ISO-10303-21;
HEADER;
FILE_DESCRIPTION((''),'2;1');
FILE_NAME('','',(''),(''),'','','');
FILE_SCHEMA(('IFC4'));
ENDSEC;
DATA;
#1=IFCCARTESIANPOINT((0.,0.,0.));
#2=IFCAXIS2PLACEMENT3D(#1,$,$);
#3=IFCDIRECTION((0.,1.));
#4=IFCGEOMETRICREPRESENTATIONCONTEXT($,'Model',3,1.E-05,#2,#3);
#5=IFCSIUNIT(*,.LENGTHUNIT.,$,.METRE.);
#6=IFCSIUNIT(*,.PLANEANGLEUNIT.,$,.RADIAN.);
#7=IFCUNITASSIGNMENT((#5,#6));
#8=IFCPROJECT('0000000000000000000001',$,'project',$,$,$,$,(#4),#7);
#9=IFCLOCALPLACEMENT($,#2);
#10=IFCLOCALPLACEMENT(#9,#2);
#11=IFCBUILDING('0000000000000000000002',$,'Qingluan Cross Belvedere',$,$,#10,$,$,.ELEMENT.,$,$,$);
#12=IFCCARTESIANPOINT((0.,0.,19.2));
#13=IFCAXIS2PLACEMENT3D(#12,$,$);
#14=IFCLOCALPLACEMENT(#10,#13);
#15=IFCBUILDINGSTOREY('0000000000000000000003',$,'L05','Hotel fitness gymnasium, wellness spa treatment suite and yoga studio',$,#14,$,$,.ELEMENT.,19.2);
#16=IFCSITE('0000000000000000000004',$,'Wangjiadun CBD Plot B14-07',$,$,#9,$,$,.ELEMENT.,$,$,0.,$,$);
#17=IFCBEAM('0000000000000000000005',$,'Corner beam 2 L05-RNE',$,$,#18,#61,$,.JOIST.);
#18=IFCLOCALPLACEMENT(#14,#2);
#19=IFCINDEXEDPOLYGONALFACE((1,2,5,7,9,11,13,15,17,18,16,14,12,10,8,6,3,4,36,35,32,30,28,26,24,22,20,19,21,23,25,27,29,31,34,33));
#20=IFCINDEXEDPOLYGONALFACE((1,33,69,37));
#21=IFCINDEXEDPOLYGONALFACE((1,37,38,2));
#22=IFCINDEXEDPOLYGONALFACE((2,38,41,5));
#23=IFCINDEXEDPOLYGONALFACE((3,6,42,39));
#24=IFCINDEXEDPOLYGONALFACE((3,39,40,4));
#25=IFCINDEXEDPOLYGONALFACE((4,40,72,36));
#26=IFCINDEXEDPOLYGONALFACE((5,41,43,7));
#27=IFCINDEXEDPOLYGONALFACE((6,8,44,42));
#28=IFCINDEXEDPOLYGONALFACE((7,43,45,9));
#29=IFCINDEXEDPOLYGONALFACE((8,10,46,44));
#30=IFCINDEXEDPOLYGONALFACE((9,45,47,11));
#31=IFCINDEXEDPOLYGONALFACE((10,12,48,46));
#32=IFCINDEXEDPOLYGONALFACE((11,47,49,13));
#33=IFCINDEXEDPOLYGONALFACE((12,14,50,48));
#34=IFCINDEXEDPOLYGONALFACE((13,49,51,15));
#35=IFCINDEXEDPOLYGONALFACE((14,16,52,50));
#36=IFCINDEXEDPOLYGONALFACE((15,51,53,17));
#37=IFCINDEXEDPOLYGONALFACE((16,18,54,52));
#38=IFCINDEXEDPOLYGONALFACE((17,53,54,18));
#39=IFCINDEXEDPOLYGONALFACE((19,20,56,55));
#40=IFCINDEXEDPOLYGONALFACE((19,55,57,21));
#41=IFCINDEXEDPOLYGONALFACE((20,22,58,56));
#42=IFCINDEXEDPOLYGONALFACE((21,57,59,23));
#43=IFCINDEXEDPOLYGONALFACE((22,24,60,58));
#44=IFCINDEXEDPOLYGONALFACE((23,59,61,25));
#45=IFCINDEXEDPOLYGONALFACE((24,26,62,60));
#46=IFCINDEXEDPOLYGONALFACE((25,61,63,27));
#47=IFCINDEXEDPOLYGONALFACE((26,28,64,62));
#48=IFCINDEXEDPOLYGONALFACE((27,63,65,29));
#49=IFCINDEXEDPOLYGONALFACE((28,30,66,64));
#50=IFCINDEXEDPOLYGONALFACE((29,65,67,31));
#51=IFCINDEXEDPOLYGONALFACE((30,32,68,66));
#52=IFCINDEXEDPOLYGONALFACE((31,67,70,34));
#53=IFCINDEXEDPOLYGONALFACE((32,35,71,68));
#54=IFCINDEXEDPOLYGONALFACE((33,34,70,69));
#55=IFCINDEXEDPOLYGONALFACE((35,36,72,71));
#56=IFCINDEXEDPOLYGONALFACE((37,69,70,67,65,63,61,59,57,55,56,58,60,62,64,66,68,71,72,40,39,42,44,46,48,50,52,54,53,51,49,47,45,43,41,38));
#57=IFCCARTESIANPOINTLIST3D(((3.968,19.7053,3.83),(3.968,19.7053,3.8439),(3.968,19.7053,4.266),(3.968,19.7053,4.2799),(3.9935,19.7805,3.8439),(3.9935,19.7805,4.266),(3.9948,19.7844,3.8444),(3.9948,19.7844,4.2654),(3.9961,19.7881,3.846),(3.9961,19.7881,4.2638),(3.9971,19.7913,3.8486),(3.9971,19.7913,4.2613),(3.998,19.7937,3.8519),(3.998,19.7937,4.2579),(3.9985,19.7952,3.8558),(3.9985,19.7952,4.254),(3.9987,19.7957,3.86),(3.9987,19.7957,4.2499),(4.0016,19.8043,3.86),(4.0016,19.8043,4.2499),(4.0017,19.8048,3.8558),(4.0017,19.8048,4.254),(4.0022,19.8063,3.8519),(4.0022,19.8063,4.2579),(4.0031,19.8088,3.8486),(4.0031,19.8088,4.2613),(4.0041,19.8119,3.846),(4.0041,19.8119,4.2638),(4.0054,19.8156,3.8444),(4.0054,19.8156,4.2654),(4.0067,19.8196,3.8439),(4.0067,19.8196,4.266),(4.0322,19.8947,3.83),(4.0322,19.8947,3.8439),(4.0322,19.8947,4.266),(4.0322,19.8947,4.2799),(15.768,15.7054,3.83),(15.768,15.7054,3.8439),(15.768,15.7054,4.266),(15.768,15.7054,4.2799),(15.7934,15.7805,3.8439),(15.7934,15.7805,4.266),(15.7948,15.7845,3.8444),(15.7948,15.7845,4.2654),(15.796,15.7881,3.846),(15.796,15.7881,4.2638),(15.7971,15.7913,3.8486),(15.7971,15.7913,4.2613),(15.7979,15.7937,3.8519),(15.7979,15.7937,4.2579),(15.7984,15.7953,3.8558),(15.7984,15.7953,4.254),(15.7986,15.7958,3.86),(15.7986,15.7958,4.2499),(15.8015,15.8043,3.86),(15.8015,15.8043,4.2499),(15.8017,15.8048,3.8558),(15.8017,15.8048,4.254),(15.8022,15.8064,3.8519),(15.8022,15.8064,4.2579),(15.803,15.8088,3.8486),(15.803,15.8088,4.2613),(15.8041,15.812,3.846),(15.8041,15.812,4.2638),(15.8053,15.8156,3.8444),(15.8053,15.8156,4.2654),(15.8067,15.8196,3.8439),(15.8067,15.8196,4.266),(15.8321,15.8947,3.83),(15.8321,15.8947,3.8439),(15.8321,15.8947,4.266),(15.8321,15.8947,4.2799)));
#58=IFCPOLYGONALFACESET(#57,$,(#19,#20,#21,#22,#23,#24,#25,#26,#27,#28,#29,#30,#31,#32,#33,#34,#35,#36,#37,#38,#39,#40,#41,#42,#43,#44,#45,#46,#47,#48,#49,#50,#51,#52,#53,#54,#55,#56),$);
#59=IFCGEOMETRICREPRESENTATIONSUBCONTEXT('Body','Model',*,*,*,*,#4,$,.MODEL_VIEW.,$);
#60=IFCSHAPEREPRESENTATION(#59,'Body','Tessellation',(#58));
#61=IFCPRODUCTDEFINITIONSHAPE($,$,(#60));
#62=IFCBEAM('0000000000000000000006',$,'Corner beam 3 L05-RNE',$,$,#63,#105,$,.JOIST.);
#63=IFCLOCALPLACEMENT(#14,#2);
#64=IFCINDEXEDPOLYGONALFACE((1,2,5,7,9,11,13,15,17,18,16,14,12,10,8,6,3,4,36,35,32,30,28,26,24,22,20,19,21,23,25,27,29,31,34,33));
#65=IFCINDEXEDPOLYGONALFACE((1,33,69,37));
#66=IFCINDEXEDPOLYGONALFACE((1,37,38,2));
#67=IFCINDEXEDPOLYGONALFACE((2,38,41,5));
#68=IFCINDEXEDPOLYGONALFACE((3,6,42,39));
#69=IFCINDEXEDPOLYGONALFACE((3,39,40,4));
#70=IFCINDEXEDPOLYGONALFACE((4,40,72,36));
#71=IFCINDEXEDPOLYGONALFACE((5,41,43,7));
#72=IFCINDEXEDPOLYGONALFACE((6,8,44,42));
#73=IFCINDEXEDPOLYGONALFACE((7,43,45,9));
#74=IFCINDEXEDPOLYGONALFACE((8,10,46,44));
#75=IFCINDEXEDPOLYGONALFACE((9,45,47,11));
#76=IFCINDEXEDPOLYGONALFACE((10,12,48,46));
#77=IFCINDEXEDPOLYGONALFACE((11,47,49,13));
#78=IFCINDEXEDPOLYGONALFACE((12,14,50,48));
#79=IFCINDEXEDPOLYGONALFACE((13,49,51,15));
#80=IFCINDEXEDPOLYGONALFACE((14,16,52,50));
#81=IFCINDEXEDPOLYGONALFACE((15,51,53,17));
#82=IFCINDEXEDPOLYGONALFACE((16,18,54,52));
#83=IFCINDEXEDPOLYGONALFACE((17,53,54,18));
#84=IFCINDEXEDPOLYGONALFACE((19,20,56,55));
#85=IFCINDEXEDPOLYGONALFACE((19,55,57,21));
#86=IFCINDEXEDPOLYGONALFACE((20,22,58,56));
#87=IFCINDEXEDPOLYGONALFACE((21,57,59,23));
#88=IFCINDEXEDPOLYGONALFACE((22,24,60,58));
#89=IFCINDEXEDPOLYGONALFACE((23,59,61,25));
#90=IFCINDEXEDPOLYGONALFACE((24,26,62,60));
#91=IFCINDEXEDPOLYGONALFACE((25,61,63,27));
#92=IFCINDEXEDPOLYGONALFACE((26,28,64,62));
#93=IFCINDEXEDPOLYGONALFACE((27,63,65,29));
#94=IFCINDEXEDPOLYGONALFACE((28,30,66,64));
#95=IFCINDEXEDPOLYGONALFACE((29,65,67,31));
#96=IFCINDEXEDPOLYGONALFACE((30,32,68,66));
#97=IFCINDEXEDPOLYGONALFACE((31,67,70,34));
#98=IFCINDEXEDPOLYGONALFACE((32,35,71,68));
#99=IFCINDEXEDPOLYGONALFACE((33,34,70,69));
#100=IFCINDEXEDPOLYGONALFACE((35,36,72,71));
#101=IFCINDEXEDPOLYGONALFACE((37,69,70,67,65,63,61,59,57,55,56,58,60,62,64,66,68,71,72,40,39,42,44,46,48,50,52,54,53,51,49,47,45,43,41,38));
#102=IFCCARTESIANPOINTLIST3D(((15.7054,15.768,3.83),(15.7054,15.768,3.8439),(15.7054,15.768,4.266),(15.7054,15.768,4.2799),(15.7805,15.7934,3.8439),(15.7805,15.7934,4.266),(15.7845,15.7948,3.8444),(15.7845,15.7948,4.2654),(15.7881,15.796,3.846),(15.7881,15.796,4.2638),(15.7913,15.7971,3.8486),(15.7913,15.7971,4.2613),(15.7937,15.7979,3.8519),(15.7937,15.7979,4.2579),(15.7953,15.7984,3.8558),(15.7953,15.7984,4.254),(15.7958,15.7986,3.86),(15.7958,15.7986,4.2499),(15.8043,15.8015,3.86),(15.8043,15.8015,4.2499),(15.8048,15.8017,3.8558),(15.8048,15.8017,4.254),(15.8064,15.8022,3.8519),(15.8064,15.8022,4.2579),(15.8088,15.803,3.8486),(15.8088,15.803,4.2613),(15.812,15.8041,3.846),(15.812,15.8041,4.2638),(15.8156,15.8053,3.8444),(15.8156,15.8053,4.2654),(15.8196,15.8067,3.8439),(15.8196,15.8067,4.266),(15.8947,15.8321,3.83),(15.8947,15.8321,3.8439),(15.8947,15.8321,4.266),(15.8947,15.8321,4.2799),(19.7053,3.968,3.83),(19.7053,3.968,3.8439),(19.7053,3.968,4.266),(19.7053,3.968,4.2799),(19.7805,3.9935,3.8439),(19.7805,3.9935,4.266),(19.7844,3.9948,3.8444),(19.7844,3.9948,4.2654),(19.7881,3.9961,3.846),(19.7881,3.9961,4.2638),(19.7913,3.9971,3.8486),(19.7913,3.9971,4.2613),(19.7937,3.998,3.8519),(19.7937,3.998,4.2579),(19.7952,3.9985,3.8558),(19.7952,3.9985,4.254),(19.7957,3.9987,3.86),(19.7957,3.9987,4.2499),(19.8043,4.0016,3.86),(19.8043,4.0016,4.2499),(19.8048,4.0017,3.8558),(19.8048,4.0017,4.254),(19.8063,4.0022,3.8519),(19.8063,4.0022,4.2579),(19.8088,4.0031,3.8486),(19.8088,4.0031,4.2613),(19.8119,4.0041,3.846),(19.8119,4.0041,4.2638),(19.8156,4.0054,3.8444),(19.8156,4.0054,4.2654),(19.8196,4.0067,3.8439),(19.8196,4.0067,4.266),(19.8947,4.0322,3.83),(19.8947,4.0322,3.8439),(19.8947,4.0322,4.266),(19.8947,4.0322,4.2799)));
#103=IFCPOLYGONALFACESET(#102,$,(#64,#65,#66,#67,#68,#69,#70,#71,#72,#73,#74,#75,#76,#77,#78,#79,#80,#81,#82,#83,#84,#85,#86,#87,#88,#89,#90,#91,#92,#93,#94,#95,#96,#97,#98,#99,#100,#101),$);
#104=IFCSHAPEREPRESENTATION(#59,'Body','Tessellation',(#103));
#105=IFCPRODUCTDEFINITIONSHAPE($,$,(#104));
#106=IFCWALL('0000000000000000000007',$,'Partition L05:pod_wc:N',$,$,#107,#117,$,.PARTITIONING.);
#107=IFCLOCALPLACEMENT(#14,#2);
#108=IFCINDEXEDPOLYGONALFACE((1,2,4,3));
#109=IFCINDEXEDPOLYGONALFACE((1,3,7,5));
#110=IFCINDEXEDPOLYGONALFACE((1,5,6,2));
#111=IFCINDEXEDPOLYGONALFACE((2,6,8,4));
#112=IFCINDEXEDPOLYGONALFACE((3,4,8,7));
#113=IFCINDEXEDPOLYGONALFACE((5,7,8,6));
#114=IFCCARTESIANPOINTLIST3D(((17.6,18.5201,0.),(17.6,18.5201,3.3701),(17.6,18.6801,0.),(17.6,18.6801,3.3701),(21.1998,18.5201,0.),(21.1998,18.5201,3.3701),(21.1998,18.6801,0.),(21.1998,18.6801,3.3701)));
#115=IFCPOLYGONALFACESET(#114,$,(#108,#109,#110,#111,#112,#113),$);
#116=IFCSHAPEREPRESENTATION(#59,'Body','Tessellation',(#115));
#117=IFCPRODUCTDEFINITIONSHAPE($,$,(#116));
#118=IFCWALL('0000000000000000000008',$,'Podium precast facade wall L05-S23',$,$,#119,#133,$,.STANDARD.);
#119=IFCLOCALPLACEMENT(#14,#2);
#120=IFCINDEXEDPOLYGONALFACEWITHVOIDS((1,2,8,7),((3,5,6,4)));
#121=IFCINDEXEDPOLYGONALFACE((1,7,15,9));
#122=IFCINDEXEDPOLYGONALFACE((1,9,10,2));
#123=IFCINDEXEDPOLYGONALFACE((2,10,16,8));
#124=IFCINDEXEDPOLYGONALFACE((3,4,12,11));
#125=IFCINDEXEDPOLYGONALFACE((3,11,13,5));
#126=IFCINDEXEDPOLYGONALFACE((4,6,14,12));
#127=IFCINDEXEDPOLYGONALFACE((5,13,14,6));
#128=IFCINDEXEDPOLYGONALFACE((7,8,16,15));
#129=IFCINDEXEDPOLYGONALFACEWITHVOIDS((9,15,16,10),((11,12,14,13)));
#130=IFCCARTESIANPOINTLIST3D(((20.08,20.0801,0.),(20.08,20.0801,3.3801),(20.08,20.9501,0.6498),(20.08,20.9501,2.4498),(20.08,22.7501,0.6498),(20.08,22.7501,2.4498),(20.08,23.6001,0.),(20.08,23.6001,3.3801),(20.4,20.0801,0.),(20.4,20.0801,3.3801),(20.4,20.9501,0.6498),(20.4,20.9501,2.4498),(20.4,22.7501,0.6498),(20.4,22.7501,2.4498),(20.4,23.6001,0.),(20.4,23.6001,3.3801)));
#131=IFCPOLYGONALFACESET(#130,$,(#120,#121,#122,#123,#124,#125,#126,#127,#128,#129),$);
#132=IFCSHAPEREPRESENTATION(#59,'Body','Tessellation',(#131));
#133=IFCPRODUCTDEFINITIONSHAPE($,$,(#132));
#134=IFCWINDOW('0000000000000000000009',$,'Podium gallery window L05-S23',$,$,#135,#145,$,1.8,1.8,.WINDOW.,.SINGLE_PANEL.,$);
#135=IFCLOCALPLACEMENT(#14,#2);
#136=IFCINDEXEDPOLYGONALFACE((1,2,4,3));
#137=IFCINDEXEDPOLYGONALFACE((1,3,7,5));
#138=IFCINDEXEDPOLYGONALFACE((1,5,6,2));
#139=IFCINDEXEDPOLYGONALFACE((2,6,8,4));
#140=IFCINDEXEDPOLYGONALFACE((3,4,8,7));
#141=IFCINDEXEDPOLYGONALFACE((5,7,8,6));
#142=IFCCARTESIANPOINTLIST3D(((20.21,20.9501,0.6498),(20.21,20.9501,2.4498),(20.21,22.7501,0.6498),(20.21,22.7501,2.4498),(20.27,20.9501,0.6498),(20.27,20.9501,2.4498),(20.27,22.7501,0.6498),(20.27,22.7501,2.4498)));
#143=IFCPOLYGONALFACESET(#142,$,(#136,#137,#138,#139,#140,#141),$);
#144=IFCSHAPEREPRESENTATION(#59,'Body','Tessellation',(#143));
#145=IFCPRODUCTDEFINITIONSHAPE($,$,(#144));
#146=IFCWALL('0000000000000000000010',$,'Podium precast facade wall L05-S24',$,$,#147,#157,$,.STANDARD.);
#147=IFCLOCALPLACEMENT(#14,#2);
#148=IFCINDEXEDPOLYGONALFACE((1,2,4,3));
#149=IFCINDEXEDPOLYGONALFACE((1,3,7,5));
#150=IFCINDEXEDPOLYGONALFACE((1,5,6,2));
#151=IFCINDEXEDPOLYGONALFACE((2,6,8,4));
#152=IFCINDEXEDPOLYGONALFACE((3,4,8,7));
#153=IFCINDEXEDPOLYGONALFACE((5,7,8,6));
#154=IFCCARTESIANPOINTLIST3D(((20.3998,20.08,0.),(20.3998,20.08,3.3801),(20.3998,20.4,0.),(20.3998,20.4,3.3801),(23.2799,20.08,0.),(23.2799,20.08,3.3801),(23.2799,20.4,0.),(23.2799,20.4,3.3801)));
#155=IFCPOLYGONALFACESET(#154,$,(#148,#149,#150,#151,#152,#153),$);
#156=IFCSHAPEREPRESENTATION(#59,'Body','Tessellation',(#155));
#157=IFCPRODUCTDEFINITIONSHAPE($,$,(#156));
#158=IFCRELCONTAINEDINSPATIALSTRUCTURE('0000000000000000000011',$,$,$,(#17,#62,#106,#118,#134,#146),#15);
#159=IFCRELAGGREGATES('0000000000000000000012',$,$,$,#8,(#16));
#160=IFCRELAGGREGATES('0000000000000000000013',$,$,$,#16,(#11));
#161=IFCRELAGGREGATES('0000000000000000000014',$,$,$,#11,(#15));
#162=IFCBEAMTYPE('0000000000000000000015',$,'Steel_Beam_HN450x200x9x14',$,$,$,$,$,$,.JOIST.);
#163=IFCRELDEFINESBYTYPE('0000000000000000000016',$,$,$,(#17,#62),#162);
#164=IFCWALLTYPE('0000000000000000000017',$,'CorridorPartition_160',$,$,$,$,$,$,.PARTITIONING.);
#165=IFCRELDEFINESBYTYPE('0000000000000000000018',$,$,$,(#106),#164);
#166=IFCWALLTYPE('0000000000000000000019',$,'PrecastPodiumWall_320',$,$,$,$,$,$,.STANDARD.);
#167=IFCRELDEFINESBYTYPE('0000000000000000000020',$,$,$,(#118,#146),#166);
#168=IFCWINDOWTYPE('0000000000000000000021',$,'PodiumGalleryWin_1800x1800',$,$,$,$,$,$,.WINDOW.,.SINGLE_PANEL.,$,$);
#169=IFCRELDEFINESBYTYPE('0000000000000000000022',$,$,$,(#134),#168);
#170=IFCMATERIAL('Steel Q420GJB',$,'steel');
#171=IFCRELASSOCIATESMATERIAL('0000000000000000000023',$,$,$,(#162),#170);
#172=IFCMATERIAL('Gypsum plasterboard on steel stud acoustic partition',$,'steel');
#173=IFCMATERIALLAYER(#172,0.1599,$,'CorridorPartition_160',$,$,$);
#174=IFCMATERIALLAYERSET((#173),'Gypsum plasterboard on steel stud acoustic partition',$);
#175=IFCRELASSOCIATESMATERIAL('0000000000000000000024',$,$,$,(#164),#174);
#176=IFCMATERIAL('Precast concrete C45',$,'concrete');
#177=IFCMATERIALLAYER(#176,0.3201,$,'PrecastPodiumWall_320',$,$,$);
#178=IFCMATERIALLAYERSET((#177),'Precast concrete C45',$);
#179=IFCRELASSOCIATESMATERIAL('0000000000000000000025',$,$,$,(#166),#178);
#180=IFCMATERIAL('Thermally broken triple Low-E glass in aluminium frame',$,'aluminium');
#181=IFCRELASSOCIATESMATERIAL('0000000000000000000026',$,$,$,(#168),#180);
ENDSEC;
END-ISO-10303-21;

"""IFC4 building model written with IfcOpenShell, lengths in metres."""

from ifc_helpers import new_model, si_unit, direction, frame, frame_2d, origin, origin_2d, place, context, subcontext, project, spatial, rectangle, i_section, extrude, material, layer, layer_set, material_profile, profile_set, type_object, element, fill, save


model = new_model("IFC4")

# Units and contexts
model_context = context("Model", 3, precision=1e-05, world=origin(), true_north=direction((0.0, 1.0)))
body_context = subcontext(model_context, "Body", "Model", "MODEL_VIEW")
ifc_project = project(units=[si_unit("LENGTHUNIT", "METRE"), si_unit("PLANEANGLEUNIT", "RADIAN")], contexts=[model_context])

# Site, building, storey
site_placement = place(None, origin())
site = spatial("IfcSite", under=ifc_project, at=site_placement, Name="Wangjiadun CBD Plot B14-07", CompositionType="ELEMENT", RefElevation=0.0)
building_placement = place(site_placement, origin())
building = spatial("IfcBuilding", under=site, at=building_placement, Name="Qingluan Cross Belvedere", CompositionType="ELEMENT")
storey_placement = place(building_placement, frame((0.0, 0.0, 19.2)))
storey = spatial("IfcBuildingStorey", under=building, at=storey_placement, Name="L05", Description="Hotel fitness gymnasium, wellness spa treatment suite and yoga studio", CompositionType="ELEMENT", Elevation=19.2)

# Beams
ifc_material_1 = material(Name="Steel Q420GJB", Category="steel")
ifc_material_profile = material_profile(ifc_material_1, i_section(OverallWidth=0.2, OverallDepth=0.45, WebThickness=0.009, FlangeThickness=0.0139, FilletRadius=0.0161, at=origin_2d()), Name="HN450x200x9x14")
ifc_profile_set = profile_set([ifc_material_profile], Name="Steel Q420GJB")
beam_type = type_object("IfcBeamType", Name="Steel_Beam_HN450x200x9x14", PredefinedType="JOIST", material=ifc_profile_set)
for number, where, z_axis, x_axis, name in (
    (1, (15.8, 15.8, 4.0549), (-0.947066, 0.321038, 0.0), (-0.321038, -0.947066, 0.0), "Corner beam 2 L05-RNE"),
    (2, (15.8, 15.8, 4.0549), (0.321038, -0.947066, 0.0), (0.947066, 0.321038, 0.0), "Corner beam 3 L05-RNE"),
):
    element("IfcBeam", number, at=place(storey_placement, frame(where, z_axis=z_axis, x_axis=x_axis)), inside=storey, type_object=beam_type, Name=name, PredefinedType="JOIST", context=body_context, shape_type="SweptSolid", body=[
        extrude(i_section(OverallWidth=0.2, OverallDepth=0.45, WebThickness=0.009, FlangeThickness=0.0139, FilletRadius=0.0161, at=origin_2d()), origin(), (0.0, 0.0, 1.0), 12.4595),
    ])

# Shared definitions
ifc_material_2 = material(Name="Gypsum plasterboard on steel stud acoustic partition", Category="steel")
ifc_layer_1 = layer(ifc_material_2, 0.1599, Name="CorridorPartition_160")
ifc_layer_set_1 = layer_set([ifc_layer_1], Name="Gypsum plasterboard on steel stud acoustic partition")
wall_type_1 = type_object("IfcWallType", Name="CorridorPartition_160", PredefinedType="PARTITIONING", material=ifc_layer_set_1)

# Wall
wall_1_placement = place(storey_placement, frame((17.6001, 18.6001, 0.0), z_axis=(0.0, 0.0, 1.0), x_axis=(1.0, 0.0, 0.0)))
element("IfcWall", 3, at=wall_1_placement, inside=storey, type_object=wall_type_1, Name="Partition L05:pod_wc:N", PredefinedType="PARTITIONING", context=body_context, shape_type="SweptSolid", body=[
    extrude(rectangle(XDim=3.5999, YDim=0.1599, at=frame_2d((1.7998, 0.0))), origin(), (0.0, 0.0, 1.0), 3.3701),
])

# Wall, opening, window
ifc_material_3 = material(Name="Precast concrete C45", Category="concrete")
ifc_layer_2 = layer(ifc_material_3, 0.3201, Name="PrecastPodiumWall_320")
ifc_layer_set_2 = layer_set([ifc_layer_2], Name="Precast concrete C45")
wall_type_2 = type_object("IfcWallType", Name="PrecastPodiumWall_320", PredefinedType="STANDARD", material=ifc_layer_set_2)
wall_2_placement = place(storey_placement, frame((20.24, 23.6001, 0.0), z_axis=(0.0, 0.0, 1.0), x_axis=(0.0, -1.0, 0.0)))
wall_2 = element("IfcWall", 4, at=wall_2_placement, inside=storey, type_object=wall_type_2, Name="Podium precast facade wall L05-S23", PredefinedType="STANDARD", context=body_context, shape_type="SweptSolid", body=[
    extrude(rectangle(XDim=3.52, YDim=0.3201, at=frame_2d((1.76, 0.0))), origin(), (0.0, 0.0, 1.0), 3.3801),
])
opening_1_placement = place(wall_2_placement, frame((0.8501, 0.0, 0.6499)))
opening_1 = element("IfcOpeningElement", 5, at=opening_1_placement, cuts=wall_2, PredefinedType="OPENING", context=body_context, shape_type="SweptSolid", body=[
    extrude(rectangle(XDim=1.8, YDim=1.8, at=frame_2d((0.8999, 0.8999))), frame((0.0, 0.1699, 0.0), z_axis=(0.0, -1.0, 0.0), x_axis=(1.0, 0.0, 0.0)), (0.0, 0.0, 1.0), 0.3401),
])
ifc_material_4 = material(Name="Thermally broken triple Low-E glass in aluminium frame", Category="aluminium")
window_type = type_object("IfcWindowType", Name="PodiumGalleryWin_1800x1800", PartitioningType="SINGLE_PANEL", PredefinedType="WINDOW", material=ifc_material_4)
window_1_placement = place(opening_1_placement, origin())
window_1 = element("IfcWindow", 6, at=window_1_placement, inside=storey, type_object=window_type, Name="Podium gallery window L05-S23", OverallHeight=1.8, OverallWidth=1.8, PartitioningType="SINGLE_PANEL", PredefinedType="WINDOW", context=body_context, shape_type="SweptSolid", body=[
    extrude(rectangle(XDim=1.8, YDim=1.8, at=frame_2d((0.8999, 0.8999))), frame((0.0, 0.03, 0.0), z_axis=(0.0, -1.0, 0.0), x_axis=(1.0, 0.0, 0.0)), (0.0, 0.0, 1.0), 0.0601),
])
fill(opening_1, window_1)

# Wall
wall_3_placement = place(storey_placement, frame((20.3999, 20.24, 0.0), z_axis=(0.0, 0.0, 1.0), x_axis=(1.0, 0.0, 0.0)))
element("IfcWall", 7, at=wall_3_placement, inside=storey, type_object=wall_type_2, Name="Podium precast facade wall L05-S24", PredefinedType="STANDARD", context=body_context, shape_type="SweptSolid", body=[
    extrude(rectangle(XDim=2.8801, YDim=0.3201, at=frame_2d((1.4399, 0.0))), origin(), (0.0, 0.0, 1.0), 3.3801),
])

save(model, "model.ifc")
